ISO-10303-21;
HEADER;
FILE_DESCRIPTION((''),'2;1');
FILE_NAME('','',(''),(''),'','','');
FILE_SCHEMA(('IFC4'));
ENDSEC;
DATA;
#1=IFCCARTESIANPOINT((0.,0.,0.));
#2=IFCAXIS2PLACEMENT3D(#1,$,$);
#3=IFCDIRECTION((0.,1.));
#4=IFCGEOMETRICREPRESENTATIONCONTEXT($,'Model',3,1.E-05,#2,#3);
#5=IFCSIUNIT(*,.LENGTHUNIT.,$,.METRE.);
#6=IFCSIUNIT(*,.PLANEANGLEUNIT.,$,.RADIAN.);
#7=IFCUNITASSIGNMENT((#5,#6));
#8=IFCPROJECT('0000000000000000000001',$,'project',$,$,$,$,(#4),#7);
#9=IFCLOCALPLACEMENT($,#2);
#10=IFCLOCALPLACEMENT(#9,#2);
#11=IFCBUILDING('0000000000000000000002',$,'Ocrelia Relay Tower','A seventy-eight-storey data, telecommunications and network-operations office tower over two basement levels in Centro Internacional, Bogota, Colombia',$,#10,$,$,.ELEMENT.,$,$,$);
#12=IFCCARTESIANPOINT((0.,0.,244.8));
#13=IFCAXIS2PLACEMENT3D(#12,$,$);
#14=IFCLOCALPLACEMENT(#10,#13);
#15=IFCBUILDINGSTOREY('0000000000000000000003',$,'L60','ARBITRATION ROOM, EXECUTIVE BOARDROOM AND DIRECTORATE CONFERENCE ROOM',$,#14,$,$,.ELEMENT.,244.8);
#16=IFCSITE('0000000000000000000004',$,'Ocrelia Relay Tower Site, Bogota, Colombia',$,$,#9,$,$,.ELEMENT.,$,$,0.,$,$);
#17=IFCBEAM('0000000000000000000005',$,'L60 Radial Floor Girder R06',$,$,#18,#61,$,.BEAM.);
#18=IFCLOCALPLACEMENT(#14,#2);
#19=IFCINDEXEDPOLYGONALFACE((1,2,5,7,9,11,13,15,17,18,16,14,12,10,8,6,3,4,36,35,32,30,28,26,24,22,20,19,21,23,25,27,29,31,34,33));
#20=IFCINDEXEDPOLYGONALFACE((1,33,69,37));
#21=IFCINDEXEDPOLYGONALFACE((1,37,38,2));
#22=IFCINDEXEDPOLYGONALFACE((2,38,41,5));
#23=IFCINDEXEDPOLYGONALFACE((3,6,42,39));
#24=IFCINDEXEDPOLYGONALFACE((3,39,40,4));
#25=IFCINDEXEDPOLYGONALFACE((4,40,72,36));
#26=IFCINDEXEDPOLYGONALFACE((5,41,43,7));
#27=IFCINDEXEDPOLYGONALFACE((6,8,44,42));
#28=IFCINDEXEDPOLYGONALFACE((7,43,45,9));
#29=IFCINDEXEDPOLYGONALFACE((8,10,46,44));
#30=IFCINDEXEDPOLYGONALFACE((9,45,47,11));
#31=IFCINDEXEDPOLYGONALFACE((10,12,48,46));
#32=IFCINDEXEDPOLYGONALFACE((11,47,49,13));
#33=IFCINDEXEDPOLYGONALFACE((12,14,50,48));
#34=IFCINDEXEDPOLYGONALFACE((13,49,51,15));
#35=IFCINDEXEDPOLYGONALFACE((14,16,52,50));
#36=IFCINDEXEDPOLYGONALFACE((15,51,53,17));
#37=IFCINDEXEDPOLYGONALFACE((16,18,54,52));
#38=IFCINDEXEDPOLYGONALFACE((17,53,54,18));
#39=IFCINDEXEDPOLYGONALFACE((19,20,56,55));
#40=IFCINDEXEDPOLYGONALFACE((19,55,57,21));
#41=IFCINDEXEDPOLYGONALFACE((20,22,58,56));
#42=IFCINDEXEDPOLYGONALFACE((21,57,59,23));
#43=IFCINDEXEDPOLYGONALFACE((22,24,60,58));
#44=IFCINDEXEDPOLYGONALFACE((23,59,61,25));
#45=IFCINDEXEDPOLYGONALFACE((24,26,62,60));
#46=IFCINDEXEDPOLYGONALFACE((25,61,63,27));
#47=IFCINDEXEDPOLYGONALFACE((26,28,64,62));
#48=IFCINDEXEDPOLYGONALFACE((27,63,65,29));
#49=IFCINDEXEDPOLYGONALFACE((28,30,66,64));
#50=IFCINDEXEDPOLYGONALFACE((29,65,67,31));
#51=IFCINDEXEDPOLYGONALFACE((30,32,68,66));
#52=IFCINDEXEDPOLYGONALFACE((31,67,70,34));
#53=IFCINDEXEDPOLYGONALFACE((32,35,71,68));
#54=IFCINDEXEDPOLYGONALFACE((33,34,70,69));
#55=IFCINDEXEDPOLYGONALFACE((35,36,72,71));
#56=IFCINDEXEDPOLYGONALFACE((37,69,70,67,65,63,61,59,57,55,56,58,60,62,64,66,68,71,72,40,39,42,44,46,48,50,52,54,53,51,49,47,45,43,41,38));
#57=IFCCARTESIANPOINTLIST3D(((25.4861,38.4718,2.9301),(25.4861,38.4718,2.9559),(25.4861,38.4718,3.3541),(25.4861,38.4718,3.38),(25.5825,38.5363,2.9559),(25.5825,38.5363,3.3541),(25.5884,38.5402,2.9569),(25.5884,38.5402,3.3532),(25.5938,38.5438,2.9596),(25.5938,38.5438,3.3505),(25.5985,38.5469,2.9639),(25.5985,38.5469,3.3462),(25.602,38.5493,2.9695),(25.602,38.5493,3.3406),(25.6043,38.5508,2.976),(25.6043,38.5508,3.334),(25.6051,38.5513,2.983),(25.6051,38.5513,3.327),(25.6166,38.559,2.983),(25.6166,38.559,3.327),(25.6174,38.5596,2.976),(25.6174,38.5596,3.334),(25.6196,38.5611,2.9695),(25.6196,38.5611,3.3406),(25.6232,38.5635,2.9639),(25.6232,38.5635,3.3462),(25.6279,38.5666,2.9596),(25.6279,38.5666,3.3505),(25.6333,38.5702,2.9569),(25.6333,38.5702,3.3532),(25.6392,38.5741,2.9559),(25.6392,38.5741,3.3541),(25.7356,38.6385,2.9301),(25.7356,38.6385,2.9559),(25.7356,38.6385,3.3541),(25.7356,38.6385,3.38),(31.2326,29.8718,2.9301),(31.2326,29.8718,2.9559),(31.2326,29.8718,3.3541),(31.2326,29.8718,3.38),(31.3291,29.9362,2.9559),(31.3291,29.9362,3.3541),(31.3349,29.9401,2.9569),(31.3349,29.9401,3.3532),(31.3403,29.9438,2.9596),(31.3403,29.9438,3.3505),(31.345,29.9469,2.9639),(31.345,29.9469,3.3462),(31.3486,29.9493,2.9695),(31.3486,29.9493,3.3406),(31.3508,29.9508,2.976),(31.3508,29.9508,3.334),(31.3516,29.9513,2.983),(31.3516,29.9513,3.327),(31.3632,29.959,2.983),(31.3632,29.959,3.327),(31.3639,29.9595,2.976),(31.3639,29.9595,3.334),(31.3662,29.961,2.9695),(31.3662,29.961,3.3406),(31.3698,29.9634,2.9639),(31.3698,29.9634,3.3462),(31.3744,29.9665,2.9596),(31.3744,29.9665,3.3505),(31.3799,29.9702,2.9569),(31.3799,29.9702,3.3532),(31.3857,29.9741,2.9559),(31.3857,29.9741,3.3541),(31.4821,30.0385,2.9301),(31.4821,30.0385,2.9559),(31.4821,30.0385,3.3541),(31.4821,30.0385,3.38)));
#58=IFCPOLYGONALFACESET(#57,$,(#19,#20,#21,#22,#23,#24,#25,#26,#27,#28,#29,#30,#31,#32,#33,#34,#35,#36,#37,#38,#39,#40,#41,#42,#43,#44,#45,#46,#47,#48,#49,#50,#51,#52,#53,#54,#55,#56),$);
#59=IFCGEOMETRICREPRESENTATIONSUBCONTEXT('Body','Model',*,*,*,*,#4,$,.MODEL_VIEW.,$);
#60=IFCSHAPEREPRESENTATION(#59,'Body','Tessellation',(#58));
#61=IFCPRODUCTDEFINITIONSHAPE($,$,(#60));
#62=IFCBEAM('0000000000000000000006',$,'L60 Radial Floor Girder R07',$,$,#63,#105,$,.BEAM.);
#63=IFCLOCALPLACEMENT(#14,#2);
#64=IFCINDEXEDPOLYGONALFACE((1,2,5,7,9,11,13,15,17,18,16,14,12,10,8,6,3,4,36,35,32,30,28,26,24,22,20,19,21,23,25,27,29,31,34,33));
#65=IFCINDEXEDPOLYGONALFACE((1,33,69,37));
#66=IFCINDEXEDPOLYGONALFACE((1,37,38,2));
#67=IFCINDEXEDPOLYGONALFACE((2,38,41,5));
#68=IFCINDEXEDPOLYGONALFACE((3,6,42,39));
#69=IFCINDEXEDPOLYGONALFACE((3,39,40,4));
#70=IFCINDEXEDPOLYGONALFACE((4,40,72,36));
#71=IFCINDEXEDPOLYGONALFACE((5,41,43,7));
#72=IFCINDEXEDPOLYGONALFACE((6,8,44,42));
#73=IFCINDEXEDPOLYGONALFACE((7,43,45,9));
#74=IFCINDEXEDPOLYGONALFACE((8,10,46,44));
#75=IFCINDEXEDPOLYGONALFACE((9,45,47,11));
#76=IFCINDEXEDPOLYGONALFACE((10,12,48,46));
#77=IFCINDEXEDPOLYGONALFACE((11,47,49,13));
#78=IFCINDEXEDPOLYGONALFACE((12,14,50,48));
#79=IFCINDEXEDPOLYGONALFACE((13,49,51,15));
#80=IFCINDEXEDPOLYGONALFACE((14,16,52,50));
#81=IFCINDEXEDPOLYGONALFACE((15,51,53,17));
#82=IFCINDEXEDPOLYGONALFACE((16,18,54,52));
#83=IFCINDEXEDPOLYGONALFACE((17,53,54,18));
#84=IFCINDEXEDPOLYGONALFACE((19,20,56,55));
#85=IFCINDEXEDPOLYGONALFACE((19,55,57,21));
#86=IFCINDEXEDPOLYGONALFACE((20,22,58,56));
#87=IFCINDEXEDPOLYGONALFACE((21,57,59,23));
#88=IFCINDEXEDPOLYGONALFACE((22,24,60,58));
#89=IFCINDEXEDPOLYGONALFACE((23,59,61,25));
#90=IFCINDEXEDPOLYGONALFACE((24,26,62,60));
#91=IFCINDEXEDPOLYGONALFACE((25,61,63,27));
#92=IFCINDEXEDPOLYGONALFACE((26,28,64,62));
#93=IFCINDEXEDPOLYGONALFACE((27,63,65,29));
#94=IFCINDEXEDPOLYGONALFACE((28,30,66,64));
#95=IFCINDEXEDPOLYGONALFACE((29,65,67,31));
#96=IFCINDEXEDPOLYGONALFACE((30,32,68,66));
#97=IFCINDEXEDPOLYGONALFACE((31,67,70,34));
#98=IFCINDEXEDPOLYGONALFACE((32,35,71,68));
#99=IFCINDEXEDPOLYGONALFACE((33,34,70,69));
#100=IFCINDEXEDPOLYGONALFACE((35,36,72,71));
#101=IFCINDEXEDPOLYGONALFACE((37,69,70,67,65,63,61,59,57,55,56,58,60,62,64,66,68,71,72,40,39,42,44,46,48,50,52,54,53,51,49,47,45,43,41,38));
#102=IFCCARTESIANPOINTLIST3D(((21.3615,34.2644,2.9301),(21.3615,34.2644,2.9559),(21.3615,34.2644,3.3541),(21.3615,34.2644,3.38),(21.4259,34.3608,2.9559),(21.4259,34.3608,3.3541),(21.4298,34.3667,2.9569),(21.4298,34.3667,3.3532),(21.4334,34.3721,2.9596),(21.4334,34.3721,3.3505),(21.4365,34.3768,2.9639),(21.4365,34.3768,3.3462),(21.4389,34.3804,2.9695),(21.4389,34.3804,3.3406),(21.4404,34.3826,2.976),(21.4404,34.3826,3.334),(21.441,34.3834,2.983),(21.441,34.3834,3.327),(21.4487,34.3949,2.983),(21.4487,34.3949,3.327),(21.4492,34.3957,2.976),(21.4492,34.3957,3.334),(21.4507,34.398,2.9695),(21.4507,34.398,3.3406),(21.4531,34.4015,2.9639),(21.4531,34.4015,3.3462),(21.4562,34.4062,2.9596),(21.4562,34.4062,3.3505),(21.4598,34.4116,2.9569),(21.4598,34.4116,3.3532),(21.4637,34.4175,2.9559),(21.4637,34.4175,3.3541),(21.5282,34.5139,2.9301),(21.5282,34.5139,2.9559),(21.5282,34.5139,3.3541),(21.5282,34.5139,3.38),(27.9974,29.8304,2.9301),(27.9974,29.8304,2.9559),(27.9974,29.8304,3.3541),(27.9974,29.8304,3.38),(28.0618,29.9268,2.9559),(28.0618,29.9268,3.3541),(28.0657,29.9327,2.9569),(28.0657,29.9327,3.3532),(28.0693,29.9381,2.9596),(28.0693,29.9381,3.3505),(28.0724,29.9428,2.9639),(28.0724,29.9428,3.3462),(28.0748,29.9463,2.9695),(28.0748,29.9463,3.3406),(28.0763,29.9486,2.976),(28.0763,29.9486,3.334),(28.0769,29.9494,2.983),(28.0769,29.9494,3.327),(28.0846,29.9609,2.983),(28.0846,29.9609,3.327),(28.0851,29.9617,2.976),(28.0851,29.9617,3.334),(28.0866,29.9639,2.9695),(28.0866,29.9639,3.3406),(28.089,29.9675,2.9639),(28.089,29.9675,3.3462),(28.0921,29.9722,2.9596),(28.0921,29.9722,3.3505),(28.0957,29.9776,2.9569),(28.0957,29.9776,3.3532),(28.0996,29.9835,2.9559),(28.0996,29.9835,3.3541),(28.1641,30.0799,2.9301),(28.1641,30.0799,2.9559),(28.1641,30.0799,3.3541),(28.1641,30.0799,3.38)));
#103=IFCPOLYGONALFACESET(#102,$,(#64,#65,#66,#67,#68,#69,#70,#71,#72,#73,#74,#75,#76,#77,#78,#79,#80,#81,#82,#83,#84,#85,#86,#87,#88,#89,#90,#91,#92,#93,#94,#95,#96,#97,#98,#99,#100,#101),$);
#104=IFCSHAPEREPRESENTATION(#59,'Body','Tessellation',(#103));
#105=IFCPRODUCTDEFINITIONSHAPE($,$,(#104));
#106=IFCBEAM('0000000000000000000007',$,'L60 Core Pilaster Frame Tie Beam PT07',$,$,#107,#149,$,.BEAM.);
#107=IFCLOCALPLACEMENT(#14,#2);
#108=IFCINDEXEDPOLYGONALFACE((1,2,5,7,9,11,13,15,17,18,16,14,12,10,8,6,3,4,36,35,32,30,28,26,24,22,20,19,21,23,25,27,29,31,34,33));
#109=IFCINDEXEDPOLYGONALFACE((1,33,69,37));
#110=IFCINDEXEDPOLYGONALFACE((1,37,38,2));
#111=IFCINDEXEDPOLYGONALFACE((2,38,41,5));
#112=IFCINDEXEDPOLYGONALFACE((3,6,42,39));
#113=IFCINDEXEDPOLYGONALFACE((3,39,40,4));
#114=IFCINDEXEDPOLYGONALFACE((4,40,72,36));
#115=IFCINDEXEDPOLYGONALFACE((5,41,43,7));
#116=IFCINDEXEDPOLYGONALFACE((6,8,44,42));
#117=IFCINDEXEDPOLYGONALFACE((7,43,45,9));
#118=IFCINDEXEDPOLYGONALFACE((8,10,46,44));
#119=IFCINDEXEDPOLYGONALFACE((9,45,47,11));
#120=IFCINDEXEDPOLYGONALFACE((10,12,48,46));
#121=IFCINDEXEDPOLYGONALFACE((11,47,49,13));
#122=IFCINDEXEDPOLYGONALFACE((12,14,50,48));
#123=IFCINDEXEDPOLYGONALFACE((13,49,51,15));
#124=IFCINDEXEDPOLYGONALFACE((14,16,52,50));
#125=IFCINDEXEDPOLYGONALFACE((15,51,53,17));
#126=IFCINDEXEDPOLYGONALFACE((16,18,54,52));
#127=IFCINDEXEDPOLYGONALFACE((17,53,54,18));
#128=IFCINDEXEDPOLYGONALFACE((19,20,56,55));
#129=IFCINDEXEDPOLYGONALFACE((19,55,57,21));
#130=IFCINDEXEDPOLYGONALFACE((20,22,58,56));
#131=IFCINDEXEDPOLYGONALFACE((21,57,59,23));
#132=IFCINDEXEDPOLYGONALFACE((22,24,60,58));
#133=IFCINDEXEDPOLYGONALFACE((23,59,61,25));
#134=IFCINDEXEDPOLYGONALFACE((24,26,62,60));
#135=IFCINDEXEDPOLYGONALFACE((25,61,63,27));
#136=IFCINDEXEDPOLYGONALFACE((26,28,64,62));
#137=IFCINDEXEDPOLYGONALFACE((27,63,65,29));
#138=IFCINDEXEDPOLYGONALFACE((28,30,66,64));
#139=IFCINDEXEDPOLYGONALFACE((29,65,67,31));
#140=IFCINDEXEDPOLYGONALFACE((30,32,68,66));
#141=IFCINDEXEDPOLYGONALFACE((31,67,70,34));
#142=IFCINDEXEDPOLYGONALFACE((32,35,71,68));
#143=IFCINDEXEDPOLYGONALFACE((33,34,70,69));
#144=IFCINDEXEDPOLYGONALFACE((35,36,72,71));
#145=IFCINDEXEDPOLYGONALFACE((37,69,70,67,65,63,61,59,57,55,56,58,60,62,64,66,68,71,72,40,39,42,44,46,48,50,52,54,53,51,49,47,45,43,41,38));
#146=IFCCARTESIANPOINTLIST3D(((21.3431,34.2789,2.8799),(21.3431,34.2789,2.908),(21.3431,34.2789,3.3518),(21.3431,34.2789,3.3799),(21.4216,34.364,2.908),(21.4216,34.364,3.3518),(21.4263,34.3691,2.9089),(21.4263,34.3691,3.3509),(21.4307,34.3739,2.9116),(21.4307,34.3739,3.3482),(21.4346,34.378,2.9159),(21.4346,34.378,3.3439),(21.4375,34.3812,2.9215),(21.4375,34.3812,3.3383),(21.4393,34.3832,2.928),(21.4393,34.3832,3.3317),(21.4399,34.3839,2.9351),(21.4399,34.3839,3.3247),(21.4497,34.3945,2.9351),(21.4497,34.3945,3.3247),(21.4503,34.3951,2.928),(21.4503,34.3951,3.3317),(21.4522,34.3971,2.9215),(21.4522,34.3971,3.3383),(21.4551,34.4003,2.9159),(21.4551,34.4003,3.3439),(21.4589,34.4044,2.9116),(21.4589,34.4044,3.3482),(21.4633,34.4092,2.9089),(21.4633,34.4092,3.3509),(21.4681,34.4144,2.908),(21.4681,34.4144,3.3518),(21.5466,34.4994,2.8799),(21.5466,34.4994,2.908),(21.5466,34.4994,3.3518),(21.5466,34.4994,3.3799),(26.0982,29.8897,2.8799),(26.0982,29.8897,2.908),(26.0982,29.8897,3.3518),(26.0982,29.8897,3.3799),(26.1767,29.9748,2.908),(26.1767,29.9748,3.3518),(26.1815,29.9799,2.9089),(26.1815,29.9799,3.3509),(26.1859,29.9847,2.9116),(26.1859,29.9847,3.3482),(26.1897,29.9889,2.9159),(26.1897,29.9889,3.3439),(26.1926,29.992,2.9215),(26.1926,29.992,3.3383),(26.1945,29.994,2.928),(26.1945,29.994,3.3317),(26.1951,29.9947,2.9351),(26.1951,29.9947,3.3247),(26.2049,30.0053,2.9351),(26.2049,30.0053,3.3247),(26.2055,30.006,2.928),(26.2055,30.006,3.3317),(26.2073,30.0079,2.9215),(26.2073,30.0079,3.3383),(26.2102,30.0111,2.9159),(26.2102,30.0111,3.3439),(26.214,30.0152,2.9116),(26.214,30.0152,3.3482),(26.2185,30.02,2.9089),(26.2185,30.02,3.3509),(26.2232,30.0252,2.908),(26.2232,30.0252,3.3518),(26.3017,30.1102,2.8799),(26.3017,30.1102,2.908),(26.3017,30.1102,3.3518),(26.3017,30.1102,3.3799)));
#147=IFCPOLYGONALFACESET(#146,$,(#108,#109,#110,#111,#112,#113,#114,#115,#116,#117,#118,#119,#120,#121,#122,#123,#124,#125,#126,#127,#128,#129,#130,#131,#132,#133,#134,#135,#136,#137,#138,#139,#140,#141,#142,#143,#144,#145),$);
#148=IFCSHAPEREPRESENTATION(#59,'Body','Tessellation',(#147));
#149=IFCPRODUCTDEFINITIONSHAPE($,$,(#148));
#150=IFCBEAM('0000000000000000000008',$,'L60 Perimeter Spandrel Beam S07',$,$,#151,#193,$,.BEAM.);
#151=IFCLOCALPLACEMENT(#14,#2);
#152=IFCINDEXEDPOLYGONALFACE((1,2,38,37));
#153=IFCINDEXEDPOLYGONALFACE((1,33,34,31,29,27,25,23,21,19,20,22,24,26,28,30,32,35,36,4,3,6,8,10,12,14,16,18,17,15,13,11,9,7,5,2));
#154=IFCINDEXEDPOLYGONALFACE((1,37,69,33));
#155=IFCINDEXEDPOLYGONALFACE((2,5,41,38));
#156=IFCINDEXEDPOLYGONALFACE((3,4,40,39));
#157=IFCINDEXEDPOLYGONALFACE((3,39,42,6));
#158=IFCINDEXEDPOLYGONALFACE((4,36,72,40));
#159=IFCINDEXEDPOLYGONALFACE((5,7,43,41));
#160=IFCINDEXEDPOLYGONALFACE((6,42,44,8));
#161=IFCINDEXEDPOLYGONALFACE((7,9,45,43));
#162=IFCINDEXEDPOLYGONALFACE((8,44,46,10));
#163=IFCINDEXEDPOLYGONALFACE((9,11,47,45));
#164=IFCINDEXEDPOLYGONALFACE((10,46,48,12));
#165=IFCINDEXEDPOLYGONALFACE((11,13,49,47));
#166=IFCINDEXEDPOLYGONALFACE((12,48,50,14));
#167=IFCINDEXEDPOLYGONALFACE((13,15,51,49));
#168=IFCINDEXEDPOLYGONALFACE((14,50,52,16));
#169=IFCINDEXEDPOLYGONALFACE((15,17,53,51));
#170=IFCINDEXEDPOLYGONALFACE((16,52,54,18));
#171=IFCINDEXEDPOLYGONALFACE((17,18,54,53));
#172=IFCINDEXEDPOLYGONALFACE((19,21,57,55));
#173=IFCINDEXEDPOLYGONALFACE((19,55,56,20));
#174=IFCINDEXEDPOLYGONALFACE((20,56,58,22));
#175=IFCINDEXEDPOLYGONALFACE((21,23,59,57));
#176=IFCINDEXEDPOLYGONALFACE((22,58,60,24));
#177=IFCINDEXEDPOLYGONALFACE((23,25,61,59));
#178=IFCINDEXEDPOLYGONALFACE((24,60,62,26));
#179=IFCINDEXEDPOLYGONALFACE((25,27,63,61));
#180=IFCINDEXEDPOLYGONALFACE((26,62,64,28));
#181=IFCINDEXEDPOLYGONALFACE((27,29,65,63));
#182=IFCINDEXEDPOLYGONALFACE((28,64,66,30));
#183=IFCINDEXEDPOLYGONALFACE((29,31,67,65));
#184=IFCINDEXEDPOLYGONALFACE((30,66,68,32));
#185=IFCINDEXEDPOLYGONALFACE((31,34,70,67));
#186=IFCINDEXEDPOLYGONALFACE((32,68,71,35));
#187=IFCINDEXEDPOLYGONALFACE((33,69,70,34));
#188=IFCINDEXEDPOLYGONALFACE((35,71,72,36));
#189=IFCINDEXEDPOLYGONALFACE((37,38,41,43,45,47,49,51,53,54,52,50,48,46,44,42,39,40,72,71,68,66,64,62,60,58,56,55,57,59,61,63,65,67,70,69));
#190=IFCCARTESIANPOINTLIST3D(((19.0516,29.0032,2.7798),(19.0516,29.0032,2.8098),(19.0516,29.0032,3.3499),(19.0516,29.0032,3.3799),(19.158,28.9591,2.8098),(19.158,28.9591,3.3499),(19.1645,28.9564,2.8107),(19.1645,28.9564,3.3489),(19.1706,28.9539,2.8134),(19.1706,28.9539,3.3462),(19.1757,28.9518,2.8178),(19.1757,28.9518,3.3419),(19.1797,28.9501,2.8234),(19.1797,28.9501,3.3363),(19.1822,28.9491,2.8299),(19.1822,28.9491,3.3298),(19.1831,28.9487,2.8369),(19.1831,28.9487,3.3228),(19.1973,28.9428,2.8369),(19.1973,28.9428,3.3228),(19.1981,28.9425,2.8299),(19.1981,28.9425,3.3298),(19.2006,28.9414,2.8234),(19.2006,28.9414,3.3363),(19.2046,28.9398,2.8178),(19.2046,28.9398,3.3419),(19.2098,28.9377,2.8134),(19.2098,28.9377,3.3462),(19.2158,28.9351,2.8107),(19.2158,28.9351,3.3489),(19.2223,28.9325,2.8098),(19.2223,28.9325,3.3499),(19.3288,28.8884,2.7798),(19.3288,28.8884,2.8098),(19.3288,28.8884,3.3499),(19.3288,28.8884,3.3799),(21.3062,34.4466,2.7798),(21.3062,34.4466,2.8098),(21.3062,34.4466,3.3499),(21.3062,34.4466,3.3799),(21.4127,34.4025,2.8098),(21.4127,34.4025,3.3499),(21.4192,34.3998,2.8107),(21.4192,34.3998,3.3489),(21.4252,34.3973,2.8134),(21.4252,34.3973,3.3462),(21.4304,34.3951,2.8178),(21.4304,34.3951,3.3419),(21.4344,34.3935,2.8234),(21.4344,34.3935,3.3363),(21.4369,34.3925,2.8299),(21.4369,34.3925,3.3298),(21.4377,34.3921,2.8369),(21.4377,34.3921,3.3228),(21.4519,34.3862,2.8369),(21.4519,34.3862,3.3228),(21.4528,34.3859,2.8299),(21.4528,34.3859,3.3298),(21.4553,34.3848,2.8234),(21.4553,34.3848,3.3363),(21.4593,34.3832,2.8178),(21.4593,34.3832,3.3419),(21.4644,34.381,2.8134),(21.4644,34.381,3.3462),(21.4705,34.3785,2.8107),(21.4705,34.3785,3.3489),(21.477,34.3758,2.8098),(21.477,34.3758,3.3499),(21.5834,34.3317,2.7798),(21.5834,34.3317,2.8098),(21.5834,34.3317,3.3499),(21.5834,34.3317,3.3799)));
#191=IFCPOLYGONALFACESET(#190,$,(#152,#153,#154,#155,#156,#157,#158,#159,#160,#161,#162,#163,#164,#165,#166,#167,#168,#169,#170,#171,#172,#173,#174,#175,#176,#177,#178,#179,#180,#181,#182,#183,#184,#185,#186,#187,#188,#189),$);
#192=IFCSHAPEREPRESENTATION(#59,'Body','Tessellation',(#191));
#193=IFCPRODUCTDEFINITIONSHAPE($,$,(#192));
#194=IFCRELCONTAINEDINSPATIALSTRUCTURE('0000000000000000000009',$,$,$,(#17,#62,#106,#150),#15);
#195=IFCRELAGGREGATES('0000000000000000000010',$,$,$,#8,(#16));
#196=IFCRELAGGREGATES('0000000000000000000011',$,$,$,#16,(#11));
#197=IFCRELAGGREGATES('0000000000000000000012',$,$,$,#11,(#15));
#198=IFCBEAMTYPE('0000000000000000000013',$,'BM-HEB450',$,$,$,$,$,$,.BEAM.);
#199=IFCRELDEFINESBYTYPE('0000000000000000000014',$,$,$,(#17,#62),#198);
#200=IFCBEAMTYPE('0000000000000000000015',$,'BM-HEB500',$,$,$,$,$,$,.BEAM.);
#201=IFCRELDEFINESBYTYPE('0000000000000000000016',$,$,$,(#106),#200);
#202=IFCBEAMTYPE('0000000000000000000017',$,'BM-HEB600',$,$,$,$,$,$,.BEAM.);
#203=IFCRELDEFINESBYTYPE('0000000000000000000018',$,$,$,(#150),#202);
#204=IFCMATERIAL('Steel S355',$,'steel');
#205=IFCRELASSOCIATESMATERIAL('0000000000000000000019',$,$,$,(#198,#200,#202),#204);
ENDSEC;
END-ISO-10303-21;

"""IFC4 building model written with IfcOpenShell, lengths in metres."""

from ifc_helpers import new_model, si_unit, direction, frame, origin, origin_2d, place, context, subcontext, project, spatial, i_section, extrude, material, material_profile, profile_set, type_object, element, save


model = new_model("IFC4")

# Units and contexts
model_context = context("Model", 3, precision=1e-05, world=origin(), true_north=direction((0.0, 1.0)))
body_context = subcontext(model_context, "Body", "Model", "MODEL_VIEW")
ifc_project = project(units=[si_unit("LENGTHUNIT", "METRE"), si_unit("PLANEANGLEUNIT", "RADIAN")], contexts=[model_context])

# Site, building, storey
site_placement = place(None, origin())
site = spatial("IfcSite", under=ifc_project, at=site_placement, Name="Ocrelia Relay Tower Site, Bogota, Colombia", CompositionType="ELEMENT", RefElevation=0.0)
building_placement = place(site_placement, origin())
building = spatial("IfcBuilding", under=site, at=building_placement, Name="Ocrelia Relay Tower", Description="A seventy-eight-storey data, telecommunications and network-operations office tower over two basement levels in Centro Internacional, Bogota, Colombia", CompositionType="ELEMENT")
storey_placement = place(building_placement, frame((0.0, 0.0, 244.8)))
storey = spatial("IfcBuildingStorey", under=building, at=storey_placement, Name="L60", Description="ARBITRATION ROOM, EXECUTIVE BOARDROOM AND DIRECTORATE CONFERENCE ROOM", CompositionType="ELEMENT", Elevation=244.8)

# Beams
ifc_material_1 = material(Name="Steel S355", Category="steel")
ifc_material_profile_1 = material_profile(ifc_material_1, i_section(OverallWidth=0.3, OverallDepth=0.45, WebThickness=0.0139, FlangeThickness=0.0259, FilletRadius=0.0271, at=origin_2d()), Name="HEB 450")
ifc_profile_set_1 = profile_set([ifc_material_profile_1], Name="Steel S355")
beam_type_1 = type_object("IfcBeamType", Name="BM-HEB450", PredefinedType="BEAM", material=ifc_profile_set_1)
beam_1_placement = place(storey_placement, frame((25.6108, 38.5552, 3.155), z_axis=(0.555582, -0.831462, 0.0), x_axis=(0.831462, 0.555582, 0.0)))
element("IfcBeam", 1, at=beam_1_placement, inside=storey, type_object=beam_type_1, Name="L60 Radial Floor Girder R06", PredefinedType="BEAM", context=body_context, shape_type="SweptSolid", body=[
    extrude(i_section(OverallWidth=0.3, OverallDepth=0.45, WebThickness=0.0139, FlangeThickness=0.0259, FilletRadius=0.0271, at=origin_2d()), origin(), (0.0, 0.0, 1.0), 10.3433),
])
beam_2_placement = place(storey_placement, frame((21.4448, 34.3892, 3.155), z_axis=(0.831466, -0.555575, 0.0), x_axis=(0.555575, 0.831466, 0.0)))
element("IfcBeam", 2, at=beam_2_placement, inside=storey, type_object=beam_type_1, Name="L60 Radial Floor Girder R07", PredefinedType="BEAM", context=body_context, shape_type="SweptSolid", body=[
    extrude(i_section(OverallWidth=0.3, OverallDepth=0.45, WebThickness=0.0139, FlangeThickness=0.0259, FilletRadius=0.0271, at=origin_2d()), origin(), (0.0, 0.0, 1.0), 7.981),
])
ifc_material_profile_2 = material_profile(ifc_material_1, i_section(OverallWidth=0.3, OverallDepth=0.5, WebThickness=0.0144, FlangeThickness=0.0281, FilletRadius=0.0271, at=origin_2d()), Name="HEB 500")
ifc_profile_set_2 = profile_set([ifc_material_profile_2], Name="Steel S355")
beam_type_2 = type_object("IfcBeamType", Name="BM-HEB500", PredefinedType="BEAM", material=ifc_profile_set_2)
beam_3_placement = place(storey_placement, frame((21.4448, 34.3892, 3.1299), z_axis=(0.734818, -0.678264, 0.0), x_axis=(0.678264, 0.734818, 0.0)))
element("IfcBeam", 3, at=beam_3_placement, inside=storey, type_object=beam_type_2, Name="L60 Core Pilaster Frame Tie Beam PT07", PredefinedType="BEAM", context=body_context, shape_type="SweptSolid", body=[
    extrude(i_section(OverallWidth=0.3, OverallDepth=0.5, WebThickness=0.0144, FlangeThickness=0.0281, FilletRadius=0.0271, at=origin_2d()), origin(), (0.0, 0.0, 1.0), 6.4712),
])
ifc_material_profile_3 = material_profile(ifc_material_1, i_section(OverallWidth=0.3, OverallDepth=0.6001, WebThickness=0.0154, FlangeThickness=0.03, FilletRadius=0.0271, at=origin_2d()), Name="HEB 600")
ifc_profile_set_3 = profile_set([ifc_material_profile_3], Name="Steel S355")
beam_type_3 = type_object("IfcBeamType", Name="BM-HEB600", PredefinedType="BEAM", material=ifc_profile_set_3)
beam_4_placement = place(storey_placement, frame((21.4448, 34.3892, 3.0798), z_axis=(-0.382673, -0.923884, 0.0), x_axis=(0.923884, -0.382673, 0.0)))
element("IfcBeam", 4, at=beam_4_placement, inside=storey, type_object=beam_type_3, Name="L60 Perimeter Spandrel Beam S07", PredefinedType="BEAM", context=body_context, shape_type="SweptSolid", body=[
    extrude(i_section(OverallWidth=0.3, OverallDepth=0.6001, WebThickness=0.0154, FlangeThickness=0.03, FilletRadius=0.0271, at=origin_2d()), origin(), (0.0, 0.0, 1.0), 5.8918),
])

save(model, "model.ifc")
